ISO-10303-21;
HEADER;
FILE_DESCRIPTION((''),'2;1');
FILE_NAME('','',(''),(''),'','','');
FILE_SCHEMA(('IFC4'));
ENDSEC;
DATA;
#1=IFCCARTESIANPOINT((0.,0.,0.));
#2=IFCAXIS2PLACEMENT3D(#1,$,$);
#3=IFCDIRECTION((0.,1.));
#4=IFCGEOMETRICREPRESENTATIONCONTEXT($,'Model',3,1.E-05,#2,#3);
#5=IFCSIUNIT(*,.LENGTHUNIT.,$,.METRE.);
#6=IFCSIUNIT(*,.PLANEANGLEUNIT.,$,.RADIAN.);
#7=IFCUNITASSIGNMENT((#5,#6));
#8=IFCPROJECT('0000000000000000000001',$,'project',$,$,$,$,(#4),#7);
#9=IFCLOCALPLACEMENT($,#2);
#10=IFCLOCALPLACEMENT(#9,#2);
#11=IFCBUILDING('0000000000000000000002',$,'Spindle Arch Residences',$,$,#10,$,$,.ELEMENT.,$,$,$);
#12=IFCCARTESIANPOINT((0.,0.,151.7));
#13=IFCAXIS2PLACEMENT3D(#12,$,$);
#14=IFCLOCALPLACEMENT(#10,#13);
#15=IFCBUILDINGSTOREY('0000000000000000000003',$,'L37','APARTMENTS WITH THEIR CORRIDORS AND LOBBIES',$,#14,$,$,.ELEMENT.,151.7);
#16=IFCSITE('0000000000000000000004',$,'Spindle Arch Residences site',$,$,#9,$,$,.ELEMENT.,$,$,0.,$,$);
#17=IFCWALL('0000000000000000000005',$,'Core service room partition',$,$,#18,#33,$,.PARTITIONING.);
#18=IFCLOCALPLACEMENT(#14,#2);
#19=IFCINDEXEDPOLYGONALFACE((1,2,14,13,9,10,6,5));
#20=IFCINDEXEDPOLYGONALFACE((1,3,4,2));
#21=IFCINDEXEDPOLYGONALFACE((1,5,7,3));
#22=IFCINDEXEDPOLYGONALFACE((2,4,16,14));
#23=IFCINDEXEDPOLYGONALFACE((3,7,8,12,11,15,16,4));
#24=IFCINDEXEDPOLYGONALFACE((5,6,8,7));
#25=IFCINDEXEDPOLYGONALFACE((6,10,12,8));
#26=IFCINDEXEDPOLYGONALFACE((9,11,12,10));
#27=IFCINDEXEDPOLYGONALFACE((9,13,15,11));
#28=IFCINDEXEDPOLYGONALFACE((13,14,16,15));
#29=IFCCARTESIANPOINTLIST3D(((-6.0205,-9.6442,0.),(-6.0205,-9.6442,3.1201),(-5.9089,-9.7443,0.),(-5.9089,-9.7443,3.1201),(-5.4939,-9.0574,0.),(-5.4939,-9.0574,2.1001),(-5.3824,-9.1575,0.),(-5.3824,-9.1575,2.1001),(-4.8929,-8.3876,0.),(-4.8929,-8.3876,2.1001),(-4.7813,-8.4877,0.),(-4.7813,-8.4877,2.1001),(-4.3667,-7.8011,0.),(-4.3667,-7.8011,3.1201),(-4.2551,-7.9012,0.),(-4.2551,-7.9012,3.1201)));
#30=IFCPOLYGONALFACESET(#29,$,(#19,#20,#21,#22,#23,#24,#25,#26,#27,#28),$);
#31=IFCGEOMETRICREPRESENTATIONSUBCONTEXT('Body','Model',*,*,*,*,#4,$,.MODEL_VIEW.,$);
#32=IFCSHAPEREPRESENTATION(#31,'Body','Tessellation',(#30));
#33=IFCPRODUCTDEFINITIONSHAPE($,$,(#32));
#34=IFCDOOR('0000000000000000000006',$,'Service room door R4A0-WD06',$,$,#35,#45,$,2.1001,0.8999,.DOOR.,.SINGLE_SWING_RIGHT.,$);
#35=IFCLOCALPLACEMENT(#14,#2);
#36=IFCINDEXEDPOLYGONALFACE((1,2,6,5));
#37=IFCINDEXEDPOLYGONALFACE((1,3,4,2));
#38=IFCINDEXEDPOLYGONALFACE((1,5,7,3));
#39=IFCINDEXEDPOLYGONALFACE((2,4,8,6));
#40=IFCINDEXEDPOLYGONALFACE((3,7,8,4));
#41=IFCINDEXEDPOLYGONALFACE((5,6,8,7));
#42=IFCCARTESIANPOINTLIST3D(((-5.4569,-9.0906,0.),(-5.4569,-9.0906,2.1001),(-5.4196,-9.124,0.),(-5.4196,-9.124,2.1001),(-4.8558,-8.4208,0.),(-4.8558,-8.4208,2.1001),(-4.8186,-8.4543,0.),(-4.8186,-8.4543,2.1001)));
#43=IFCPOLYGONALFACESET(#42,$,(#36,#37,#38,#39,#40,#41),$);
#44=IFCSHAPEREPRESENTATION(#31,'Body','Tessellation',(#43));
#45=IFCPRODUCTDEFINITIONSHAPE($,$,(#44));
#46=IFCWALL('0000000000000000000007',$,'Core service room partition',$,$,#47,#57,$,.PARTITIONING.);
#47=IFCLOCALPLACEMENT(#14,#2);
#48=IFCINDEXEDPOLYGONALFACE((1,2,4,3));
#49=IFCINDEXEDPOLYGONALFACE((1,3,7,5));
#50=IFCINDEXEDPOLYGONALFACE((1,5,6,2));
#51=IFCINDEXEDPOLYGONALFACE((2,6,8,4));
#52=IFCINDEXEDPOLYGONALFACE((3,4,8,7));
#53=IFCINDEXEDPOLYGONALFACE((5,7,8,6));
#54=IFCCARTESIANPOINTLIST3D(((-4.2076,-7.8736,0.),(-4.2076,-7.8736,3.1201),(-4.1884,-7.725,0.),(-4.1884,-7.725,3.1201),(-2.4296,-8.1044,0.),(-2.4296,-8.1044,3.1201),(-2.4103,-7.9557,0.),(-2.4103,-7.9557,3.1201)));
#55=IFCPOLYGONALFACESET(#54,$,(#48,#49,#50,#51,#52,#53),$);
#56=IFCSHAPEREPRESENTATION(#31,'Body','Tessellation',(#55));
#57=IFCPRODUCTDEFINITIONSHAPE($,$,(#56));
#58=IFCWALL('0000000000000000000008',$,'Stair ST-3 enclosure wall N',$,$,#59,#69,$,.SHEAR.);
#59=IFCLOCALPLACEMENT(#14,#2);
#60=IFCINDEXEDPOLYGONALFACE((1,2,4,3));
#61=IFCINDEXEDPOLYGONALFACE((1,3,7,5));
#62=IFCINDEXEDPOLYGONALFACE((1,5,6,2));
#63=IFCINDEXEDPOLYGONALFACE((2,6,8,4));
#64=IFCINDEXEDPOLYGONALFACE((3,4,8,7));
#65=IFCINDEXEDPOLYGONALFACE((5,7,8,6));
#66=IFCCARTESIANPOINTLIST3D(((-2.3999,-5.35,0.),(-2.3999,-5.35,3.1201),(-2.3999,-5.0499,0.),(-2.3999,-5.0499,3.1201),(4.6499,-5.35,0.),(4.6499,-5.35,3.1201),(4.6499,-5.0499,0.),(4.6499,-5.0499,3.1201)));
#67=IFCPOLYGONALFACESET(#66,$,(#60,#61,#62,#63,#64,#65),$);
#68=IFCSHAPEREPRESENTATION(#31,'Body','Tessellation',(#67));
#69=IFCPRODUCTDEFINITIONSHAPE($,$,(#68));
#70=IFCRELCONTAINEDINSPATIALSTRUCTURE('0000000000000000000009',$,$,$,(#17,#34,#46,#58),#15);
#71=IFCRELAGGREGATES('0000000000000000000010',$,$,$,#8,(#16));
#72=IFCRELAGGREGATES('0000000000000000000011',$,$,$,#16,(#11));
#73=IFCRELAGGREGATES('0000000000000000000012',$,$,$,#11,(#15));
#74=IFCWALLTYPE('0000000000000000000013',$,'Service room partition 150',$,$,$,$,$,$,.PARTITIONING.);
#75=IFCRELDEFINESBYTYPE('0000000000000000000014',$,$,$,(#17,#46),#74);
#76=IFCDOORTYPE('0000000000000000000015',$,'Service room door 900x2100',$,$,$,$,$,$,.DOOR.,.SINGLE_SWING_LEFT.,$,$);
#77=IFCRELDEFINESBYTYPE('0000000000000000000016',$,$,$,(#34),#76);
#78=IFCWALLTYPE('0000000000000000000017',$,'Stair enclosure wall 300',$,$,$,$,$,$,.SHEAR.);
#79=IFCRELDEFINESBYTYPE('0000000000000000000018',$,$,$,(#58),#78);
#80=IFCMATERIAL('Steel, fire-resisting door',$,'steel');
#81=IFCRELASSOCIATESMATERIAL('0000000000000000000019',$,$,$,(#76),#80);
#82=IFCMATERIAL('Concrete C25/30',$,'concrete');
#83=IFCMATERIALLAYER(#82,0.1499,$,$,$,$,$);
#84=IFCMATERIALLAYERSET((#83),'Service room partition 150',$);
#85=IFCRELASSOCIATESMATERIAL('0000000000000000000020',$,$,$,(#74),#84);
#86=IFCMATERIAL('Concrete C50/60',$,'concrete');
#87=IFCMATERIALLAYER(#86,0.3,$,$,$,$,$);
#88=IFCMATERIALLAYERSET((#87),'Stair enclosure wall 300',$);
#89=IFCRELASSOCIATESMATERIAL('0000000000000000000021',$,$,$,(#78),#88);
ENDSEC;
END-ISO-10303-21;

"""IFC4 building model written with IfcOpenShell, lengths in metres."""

from ifc_helpers import new_model, si_unit, direction, frame, frame_2d, origin, place, context, subcontext, project, spatial, rectangle, extrude, material, layer, layer_set, type_object, element, fill, save


model = new_model("IFC4")

# Units and contexts
model_context = context("Model", 3, precision=1e-05, world=origin(), true_north=direction((0.0, 1.0)))
body_context = subcontext(model_context, "Body", "Model", "MODEL_VIEW")
ifc_project = project(units=[si_unit("LENGTHUNIT", "METRE"), si_unit("PLANEANGLEUNIT", "RADIAN")], contexts=[model_context])

# Site, building, storey
site_placement = place(None, origin())
site = spatial("IfcSite", under=ifc_project, at=site_placement, Name="Spindle Arch Residences site", CompositionType="ELEMENT", RefElevation=0.0)
building_placement = place(site_placement, origin())
building = spatial("IfcBuilding", under=site, at=building_placement, Name="Spindle Arch Residences", CompositionType="ELEMENT")
storey_placement = place(building_placement, frame((0.0, 0.0, 151.7)))
storey = spatial("IfcBuildingStorey", under=building, at=storey_placement, Name="L37", Description="APARTMENTS WITH THEIR CORRIDORS AND LOBBIES", CompositionType="ELEMENT", Elevation=151.7)

# Shared definitions
ifc_material_1 = material(Name="Steel, fire-resisting door", Category="steel")
door_type_1 = type_object("IfcDoorType", Name="Service room door 900x2100", OperationType="SINGLE_SWING_LEFT", PredefinedType="DOOR", material=ifc_material_1)

# Wall, opening, door
ifc_material_2 = material(Name="Concrete C25/30", Category="concrete")
ifc_layer_1 = layer(ifc_material_2, 0.1499)
ifc_layer_set_1 = layer_set([ifc_layer_1], Name="Service room partition 150")
wall_type_1 = type_object("IfcWallType", Name="Service room partition 150", PredefinedType="PARTITIONING", material=ifc_layer_set_1)
wall_1_placement = place(storey_placement, frame((-4.3108, -7.8511, 0.0), z_axis=(0.0, 0.0, 1.0), x_axis=(-0.667869, -0.744279, 0.0)))
wall_1 = element("IfcWall", 1, at=wall_1_placement, inside=storey, type_object=wall_type_1, Name="Core service room partition", PredefinedType="PARTITIONING", context=body_context, shape_type="SweptSolid", body=[
    extrude(rectangle(XDim=2.4763, YDim=0.1499, at=frame_2d((1.2383, 0.0))), origin(), (0.0, 0.0, 1.0), 3.1201),
])
opening_1_placement = place(wall_1_placement, frame((0.7881, 0.0, 0.0)))
opening_1 = element("IfcOpeningElement", 2, at=opening_1_placement, cuts=wall_1, PredefinedType="OPENING", context=body_context, shape_type="SweptSolid", body=[
    extrude(rectangle(XDim=0.8999, YDim=2.1001, at=frame_2d((0.45, 1.05))), frame((0.0, 0.085, 0.0), z_axis=(0.0, -1.0, 0.0), x_axis=(1.0, 0.0, 0.0)), (0.0, 0.0, 1.0), 0.1699),
])
door_1_placement = place(opening_1_placement, origin())
door_1 = element("IfcDoor", 3, at=door_1_placement, inside=storey, type_object=door_type_1, Name="Service room door R4A0-WD06", OperationType="SINGLE_SWING_RIGHT", OverallHeight=2.1001, OverallWidth=0.8999, PredefinedType="DOOR", context=body_context, shape_type="SweptSolid", body=[
    extrude(rectangle(XDim=0.8999, YDim=2.1001, at=frame_2d((0.45, 1.05))), frame((0.0, 0.0249, 0.0), z_axis=(0.0, -1.0, 0.0), x_axis=(1.0, 0.0, 0.0)), (0.0, 0.0, 1.0), 0.05),
])
fill(opening_1, door_1)

# Walls
wall_2_placement = place(storey_placement, frame((-4.198, -7.7993, 0.0), z_axis=(0.0, 0.0, 1.0), x_axis=(0.991687, -0.128676, 0.0)))
element("IfcWall", 4, at=wall_2_placement, inside=storey, type_object=wall_type_1, Name="Core service room partition", PredefinedType="PARTITIONING", context=body_context, shape_type="SweptSolid", body=[
    extrude(rectangle(XDim=1.793, YDim=0.1499, at=frame_2d((0.8965, 0.0))), origin(), (0.0, 0.0, 1.0), 3.1201),
])
ifc_material_3 = material(Name="Concrete C50/60", Category="concrete")
ifc_layer_2 = layer(ifc_material_3, 0.3)
ifc_layer_set_2 = layer_set([ifc_layer_2], Name="Stair enclosure wall 300")
wall_type_2 = type_object("IfcWallType", Name="Stair enclosure wall 300", PredefinedType="SHEAR", material=ifc_layer_set_2)
wall_3_placement = place(storey_placement, frame((-2.3999, -5.2, 0.0), z_axis=(0.0, 0.0, 1.0), x_axis=(1.0, 0.0, 0.0)))
element("IfcWall", 5, at=wall_3_placement, inside=storey, type_object=wall_type_2, Name="Stair ST-3 enclosure wall N", PredefinedType="SHEAR", context=body_context, shape_type="SweptSolid", body=[
    extrude(rectangle(XDim=7.0498, YDim=0.3, at=frame_2d((3.5249, 0.0))), origin(), (0.0, 0.0, 1.0), 3.1201),
])

save(model, "model.ifc")
